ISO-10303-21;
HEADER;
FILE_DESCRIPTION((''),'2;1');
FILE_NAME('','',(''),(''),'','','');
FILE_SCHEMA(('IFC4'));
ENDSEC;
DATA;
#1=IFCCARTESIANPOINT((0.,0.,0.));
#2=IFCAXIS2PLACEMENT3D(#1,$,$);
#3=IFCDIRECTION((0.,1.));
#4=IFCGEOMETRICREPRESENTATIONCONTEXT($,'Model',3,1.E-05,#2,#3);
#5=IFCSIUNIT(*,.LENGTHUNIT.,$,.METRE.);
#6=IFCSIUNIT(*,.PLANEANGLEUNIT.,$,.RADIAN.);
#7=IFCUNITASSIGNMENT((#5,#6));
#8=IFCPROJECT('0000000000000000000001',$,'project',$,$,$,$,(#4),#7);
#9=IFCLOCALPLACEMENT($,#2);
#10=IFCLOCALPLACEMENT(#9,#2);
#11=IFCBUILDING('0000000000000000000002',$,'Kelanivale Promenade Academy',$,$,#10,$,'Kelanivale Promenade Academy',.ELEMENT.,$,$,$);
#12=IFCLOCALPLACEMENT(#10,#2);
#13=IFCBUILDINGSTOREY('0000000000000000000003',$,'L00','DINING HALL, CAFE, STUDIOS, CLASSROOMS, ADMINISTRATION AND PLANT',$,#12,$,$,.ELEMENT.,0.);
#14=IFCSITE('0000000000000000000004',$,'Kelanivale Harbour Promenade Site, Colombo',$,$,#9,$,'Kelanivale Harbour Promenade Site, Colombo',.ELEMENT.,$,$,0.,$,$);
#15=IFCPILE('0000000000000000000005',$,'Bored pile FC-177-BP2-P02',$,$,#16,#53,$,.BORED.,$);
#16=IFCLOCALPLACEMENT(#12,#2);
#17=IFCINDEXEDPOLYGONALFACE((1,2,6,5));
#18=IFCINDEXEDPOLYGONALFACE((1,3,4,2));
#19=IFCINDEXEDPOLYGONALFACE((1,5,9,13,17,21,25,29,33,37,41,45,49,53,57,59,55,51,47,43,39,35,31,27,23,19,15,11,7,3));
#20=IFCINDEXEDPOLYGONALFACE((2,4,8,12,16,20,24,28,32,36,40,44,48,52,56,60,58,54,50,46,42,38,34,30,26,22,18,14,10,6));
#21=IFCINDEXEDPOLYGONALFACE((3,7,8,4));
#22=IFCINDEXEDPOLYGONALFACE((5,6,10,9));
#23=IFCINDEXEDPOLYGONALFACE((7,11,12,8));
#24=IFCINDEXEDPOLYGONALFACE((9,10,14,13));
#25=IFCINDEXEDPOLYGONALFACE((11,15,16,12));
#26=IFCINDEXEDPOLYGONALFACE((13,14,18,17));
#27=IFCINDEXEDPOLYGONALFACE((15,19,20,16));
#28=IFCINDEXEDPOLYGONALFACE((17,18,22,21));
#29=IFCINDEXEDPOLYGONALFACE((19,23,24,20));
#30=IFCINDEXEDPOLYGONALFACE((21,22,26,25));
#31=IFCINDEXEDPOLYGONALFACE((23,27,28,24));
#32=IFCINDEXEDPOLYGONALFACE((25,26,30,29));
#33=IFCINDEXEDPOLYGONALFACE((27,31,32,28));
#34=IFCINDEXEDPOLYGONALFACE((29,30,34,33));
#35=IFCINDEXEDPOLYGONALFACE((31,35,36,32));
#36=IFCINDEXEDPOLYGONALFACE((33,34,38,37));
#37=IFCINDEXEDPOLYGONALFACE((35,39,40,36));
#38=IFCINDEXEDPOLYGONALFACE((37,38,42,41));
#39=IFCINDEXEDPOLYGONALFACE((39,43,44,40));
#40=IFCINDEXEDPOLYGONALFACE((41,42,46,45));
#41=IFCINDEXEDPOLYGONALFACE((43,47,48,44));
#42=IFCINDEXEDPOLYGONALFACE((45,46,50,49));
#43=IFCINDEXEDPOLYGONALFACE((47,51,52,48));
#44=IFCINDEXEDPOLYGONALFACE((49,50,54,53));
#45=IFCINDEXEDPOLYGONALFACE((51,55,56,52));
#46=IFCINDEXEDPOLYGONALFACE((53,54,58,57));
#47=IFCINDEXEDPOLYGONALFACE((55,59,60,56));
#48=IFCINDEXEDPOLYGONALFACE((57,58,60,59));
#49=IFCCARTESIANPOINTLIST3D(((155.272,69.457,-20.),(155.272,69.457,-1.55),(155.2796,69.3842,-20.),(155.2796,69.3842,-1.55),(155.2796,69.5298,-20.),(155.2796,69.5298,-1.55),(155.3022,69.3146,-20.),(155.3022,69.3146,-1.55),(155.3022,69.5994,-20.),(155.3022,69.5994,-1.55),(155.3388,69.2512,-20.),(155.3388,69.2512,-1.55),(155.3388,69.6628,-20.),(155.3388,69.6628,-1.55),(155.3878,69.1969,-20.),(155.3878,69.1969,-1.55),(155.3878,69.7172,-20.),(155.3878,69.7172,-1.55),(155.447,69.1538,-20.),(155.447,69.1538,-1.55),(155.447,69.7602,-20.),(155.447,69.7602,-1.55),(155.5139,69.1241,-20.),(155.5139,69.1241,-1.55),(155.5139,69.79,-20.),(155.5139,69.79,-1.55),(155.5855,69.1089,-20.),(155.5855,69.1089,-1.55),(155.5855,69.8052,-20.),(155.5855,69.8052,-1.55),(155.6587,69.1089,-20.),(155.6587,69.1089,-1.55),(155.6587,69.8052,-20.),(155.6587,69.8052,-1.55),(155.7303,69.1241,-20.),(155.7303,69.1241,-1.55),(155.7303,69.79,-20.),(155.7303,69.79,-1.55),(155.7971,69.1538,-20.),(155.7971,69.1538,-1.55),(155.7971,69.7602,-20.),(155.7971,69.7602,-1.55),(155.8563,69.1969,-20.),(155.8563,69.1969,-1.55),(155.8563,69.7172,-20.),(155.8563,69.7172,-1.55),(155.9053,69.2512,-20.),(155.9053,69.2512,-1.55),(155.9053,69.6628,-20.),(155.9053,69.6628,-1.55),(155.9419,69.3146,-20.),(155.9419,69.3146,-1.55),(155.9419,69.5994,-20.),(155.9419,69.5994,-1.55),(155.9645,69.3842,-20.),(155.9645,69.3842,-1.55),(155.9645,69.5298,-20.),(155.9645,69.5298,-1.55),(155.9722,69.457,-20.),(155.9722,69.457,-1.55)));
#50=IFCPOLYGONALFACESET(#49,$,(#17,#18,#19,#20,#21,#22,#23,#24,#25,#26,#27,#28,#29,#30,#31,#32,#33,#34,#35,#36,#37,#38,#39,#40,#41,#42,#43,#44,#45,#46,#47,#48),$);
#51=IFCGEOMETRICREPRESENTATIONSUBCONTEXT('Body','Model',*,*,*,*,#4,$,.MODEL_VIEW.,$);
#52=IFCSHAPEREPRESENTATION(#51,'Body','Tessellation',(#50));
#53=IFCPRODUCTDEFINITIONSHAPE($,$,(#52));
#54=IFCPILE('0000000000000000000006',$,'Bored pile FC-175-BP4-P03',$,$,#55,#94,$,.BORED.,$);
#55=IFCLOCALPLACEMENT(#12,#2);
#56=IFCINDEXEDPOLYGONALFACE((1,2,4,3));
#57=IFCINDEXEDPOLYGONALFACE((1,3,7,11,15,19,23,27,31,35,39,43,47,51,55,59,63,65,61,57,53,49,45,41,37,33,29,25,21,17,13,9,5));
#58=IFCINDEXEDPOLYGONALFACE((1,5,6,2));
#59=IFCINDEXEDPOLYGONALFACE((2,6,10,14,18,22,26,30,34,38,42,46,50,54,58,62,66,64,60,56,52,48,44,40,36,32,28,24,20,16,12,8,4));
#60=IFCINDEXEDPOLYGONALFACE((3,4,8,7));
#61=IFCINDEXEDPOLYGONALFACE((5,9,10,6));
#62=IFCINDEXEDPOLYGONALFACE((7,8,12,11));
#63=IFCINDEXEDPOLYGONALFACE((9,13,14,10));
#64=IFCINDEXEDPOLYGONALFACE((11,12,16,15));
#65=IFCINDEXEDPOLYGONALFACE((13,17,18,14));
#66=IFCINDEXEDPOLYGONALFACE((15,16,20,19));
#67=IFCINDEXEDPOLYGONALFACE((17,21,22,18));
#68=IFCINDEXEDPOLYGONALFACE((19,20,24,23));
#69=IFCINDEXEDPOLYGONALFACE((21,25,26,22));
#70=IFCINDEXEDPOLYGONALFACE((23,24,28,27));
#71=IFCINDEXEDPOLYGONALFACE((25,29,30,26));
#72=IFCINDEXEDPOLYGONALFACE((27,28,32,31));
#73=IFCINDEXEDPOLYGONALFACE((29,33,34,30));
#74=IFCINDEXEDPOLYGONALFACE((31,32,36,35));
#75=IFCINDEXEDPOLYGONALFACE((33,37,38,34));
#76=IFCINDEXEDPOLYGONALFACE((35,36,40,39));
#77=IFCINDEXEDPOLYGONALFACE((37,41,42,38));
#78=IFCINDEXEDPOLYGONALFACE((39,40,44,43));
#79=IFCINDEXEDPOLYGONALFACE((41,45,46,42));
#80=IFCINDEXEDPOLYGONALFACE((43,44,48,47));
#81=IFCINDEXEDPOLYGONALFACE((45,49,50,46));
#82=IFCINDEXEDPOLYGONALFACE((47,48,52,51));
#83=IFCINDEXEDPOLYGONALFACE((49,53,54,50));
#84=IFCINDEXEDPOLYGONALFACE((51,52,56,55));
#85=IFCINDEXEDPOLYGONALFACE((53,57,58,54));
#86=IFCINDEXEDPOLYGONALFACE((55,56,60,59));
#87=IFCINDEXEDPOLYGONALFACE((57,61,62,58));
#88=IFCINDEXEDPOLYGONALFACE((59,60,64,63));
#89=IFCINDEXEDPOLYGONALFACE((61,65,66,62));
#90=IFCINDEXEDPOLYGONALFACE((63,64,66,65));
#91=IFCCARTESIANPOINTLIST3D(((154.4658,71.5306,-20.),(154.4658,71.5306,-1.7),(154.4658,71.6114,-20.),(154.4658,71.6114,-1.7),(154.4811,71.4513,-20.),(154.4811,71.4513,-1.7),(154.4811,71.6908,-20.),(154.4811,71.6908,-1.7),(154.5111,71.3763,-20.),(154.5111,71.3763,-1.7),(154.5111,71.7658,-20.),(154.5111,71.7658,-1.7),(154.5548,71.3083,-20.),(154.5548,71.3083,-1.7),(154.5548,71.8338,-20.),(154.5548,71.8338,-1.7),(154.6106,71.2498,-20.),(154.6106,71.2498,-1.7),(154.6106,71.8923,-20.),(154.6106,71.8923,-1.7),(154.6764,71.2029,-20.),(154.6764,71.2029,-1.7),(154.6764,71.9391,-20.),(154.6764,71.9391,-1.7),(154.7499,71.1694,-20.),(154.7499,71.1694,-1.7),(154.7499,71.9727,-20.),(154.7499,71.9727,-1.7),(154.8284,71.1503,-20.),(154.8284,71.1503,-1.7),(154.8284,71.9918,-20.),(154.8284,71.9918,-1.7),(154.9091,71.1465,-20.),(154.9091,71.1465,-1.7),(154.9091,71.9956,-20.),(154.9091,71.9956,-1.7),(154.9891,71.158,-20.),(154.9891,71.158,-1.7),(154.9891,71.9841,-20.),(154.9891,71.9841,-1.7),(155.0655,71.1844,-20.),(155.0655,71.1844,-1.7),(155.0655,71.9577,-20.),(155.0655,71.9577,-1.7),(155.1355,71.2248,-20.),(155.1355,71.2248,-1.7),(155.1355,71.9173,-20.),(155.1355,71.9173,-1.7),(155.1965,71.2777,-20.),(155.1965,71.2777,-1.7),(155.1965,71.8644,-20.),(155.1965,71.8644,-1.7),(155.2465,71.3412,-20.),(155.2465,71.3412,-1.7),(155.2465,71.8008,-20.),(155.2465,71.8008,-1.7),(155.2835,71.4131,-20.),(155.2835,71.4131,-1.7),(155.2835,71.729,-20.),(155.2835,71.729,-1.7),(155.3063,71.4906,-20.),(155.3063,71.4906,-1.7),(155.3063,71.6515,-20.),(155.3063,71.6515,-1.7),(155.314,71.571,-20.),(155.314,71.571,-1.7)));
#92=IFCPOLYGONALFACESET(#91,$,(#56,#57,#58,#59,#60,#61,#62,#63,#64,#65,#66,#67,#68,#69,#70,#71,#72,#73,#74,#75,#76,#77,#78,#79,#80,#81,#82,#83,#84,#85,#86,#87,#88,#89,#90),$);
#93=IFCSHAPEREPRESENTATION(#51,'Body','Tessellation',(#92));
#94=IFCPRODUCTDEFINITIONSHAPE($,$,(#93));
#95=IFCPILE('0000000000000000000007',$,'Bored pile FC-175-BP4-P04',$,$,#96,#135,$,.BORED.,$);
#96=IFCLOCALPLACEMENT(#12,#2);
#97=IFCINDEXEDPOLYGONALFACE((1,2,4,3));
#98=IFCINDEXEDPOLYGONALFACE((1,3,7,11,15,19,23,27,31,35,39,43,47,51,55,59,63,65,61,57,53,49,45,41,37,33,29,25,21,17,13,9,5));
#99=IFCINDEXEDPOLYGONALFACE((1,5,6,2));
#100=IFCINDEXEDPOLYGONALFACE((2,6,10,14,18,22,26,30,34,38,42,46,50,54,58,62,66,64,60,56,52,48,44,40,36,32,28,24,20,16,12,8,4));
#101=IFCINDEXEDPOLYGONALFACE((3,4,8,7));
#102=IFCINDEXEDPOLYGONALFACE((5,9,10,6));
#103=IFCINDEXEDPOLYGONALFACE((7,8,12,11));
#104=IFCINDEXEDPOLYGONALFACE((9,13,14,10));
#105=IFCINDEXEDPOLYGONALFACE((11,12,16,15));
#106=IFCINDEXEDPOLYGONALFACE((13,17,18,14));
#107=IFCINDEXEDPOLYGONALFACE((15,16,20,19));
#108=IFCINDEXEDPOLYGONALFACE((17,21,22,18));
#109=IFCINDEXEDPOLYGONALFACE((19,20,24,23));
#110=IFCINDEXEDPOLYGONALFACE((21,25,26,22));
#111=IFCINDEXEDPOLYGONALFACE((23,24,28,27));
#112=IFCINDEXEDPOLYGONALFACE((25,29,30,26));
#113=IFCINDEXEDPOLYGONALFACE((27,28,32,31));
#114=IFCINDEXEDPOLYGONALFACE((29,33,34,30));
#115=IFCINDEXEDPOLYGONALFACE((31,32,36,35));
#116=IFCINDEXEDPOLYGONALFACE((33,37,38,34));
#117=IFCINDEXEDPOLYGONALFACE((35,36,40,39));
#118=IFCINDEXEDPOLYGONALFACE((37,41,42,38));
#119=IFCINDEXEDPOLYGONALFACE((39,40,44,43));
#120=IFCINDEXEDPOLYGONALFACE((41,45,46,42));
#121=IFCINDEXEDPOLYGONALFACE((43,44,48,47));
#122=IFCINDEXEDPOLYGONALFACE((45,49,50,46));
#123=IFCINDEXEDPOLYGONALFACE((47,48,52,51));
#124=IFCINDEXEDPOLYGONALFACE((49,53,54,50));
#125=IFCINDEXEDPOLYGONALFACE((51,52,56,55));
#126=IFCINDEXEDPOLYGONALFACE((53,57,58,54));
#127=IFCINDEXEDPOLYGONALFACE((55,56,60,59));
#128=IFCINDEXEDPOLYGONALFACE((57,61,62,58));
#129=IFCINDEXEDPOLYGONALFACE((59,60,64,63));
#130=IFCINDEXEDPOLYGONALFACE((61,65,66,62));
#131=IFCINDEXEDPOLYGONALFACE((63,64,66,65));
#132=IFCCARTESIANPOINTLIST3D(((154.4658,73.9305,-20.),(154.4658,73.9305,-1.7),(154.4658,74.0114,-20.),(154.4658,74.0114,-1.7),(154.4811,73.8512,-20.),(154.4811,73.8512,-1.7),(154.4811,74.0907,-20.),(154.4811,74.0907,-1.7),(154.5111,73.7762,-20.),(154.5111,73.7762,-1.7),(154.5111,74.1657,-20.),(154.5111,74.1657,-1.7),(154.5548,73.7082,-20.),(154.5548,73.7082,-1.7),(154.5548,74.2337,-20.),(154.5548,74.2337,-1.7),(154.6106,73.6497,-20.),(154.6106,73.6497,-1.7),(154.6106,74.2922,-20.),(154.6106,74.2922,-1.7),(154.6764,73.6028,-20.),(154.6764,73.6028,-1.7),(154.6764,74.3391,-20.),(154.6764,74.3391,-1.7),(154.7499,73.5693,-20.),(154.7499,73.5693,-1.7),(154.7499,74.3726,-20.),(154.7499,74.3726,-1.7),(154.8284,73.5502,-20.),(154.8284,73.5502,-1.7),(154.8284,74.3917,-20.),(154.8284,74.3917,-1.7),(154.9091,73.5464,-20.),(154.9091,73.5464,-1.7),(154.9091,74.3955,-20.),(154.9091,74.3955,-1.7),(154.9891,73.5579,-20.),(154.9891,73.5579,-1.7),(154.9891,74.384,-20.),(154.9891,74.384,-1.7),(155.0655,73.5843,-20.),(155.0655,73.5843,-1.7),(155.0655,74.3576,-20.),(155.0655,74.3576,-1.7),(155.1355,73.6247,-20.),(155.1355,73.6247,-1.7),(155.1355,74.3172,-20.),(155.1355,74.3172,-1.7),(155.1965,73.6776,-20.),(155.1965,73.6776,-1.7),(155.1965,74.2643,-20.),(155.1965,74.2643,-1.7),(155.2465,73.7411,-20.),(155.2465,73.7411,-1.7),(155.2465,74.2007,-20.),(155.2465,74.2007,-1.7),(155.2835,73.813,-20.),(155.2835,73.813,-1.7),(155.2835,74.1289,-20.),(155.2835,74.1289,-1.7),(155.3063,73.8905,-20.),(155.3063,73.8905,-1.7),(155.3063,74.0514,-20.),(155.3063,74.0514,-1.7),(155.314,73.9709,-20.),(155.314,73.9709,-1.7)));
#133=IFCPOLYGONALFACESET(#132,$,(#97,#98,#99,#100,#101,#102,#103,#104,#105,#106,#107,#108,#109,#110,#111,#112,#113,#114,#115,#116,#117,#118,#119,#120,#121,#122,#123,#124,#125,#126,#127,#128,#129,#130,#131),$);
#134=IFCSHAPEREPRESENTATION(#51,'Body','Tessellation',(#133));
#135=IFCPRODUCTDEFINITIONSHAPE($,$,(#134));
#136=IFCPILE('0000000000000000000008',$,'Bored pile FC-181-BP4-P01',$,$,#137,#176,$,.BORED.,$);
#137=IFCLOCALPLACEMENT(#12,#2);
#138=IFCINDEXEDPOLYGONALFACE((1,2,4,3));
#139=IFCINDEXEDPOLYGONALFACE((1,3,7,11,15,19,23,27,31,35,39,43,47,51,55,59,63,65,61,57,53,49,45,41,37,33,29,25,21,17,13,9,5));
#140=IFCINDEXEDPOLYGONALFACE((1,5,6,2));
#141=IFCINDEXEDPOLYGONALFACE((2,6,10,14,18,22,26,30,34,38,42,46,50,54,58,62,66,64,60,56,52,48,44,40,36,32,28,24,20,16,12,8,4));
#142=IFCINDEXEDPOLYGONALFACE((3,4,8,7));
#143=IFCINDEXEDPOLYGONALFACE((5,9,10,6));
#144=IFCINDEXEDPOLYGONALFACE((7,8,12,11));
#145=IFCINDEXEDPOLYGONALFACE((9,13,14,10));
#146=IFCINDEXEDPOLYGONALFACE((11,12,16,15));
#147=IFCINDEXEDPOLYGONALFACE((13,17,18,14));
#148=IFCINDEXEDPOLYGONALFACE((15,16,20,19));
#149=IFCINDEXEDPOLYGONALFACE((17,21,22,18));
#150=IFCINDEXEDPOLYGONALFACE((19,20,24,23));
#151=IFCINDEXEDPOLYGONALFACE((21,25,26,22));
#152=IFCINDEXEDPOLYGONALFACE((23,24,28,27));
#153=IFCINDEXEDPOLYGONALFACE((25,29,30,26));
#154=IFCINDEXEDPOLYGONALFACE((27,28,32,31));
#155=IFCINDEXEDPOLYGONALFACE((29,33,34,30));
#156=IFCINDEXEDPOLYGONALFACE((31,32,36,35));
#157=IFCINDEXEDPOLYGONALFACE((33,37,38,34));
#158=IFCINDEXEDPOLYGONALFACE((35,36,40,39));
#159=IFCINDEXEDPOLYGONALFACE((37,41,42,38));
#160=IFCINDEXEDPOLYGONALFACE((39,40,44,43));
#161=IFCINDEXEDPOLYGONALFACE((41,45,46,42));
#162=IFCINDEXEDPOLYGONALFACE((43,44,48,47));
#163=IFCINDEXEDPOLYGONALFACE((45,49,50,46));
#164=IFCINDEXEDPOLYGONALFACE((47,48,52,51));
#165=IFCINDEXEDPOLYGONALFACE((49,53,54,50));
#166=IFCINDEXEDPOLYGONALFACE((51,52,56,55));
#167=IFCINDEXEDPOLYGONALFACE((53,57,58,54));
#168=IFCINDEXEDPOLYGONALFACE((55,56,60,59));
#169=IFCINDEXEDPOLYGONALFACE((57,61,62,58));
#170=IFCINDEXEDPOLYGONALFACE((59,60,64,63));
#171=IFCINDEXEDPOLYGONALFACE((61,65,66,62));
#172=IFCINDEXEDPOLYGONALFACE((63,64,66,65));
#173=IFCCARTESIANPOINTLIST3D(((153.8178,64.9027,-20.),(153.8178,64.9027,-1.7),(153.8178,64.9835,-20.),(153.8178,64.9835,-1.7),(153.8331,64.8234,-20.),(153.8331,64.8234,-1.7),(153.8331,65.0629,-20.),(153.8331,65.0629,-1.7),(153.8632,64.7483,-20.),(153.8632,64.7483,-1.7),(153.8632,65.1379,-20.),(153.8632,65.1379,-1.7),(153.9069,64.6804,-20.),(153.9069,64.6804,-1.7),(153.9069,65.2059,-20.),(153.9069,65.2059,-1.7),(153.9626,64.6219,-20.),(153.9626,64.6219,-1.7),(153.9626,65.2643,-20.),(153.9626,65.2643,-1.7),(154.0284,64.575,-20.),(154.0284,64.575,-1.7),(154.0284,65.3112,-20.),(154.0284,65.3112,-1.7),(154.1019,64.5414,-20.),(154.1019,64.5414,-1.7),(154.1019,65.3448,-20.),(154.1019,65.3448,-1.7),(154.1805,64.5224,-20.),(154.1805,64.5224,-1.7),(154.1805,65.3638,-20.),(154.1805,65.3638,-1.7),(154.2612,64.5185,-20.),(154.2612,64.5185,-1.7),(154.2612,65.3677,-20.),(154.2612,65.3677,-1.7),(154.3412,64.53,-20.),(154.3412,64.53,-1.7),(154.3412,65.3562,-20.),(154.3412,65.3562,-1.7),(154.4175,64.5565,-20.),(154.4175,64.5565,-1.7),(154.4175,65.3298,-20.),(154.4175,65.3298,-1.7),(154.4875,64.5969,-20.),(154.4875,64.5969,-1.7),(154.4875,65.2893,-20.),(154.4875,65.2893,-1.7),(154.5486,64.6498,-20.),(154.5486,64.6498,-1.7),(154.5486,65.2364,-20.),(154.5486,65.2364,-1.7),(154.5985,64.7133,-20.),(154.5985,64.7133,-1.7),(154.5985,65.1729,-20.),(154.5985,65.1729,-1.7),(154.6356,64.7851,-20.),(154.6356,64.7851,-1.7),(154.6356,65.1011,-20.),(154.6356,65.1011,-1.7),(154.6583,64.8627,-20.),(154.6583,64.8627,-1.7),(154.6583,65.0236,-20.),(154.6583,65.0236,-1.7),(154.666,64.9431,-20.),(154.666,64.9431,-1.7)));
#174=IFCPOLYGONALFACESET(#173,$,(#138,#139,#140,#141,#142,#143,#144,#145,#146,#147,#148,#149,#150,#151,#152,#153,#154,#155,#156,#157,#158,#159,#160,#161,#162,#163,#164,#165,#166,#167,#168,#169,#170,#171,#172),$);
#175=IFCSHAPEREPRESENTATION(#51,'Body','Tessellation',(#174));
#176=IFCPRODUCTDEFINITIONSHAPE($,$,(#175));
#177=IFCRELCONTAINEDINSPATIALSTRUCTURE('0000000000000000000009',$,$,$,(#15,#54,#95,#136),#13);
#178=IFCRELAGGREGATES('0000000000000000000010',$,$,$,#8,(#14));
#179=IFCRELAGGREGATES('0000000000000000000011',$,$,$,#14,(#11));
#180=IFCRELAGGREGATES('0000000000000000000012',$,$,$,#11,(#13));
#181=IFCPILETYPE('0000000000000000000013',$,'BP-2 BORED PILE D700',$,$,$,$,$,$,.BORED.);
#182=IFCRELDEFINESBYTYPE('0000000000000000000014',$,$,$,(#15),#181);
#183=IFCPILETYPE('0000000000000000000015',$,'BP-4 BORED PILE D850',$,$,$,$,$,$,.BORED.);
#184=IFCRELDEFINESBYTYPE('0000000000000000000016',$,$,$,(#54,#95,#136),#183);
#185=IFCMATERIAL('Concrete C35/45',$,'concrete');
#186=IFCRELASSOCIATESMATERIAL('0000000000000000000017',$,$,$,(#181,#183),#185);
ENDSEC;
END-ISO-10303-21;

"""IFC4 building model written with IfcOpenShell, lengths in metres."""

from ifc_helpers import new_model, si_unit, direction, frame, origin, origin_2d, place, context, subcontext, project, spatial, circle, extrude, material, material_profile, profile_set, type_object, element, save


model = new_model("IFC4")

# Units and contexts
model_context = context("Model", 3, precision=1e-05, world=origin(), true_north=direction((0.0, 1.0)))
body_context = subcontext(model_context, "Body", "Model", "MODEL_VIEW")
ifc_project = project(units=[si_unit("LENGTHUNIT", "METRE"), si_unit("PLANEANGLEUNIT", "RADIAN")], contexts=[model_context])

# Site, building, storey
site_placement = place(None, origin())
site = spatial("IfcSite", under=ifc_project, at=site_placement, Name="Kelanivale Harbour Promenade Site, Colombo", LongName="Kelanivale Harbour Promenade Site, Colombo", CompositionType="ELEMENT", RefElevation=0.0)
building_placement = place(site_placement, origin())
building = spatial("IfcBuilding", under=site, at=building_placement, Name="Kelanivale Promenade Academy", LongName="Kelanivale Promenade Academy", CompositionType="ELEMENT")
storey_placement = place(building_placement, origin())
storey = spatial("IfcBuildingStorey", under=building, at=storey_placement, Name="L00", Description="DINING HALL, CAFE, STUDIOS, CLASSROOMS, ADMINISTRATION AND PLANT", CompositionType="ELEMENT", Elevation=0.0)

# Piles
ifc_material_1 = material(Name="Concrete C35/45", Category="concrete")
ifc_material_profile_1 = material_profile(ifc_material_1, circle(Radius=0.3501, at=origin_2d()), Name="BORED PILE D700")
ifc_profile_set_1 = profile_set([ifc_material_profile_1], Name="Concrete C35/45")
pile_type_1 = type_object("IfcPileType", Name="BP-2 BORED PILE D700", PredefinedType="BORED", material=ifc_profile_set_1)
pile_placement = place(storey_placement, frame((155.6221, 69.457, -1.55), z_axis=(0.0, 0.0, -1.0), x_axis=(1.0, 0.0, 0.0)))
element("IfcPile", 1, at=pile_placement, inside=storey, type_object=pile_type_1, Name="Bored pile FC-177-BP2-P02", PredefinedType="BORED", context=body_context, shape_type="SweptSolid", body=[
    extrude(circle(Radius=0.3501, at=origin_2d()), origin(), (0.0, 0.0, 1.0), 18.45),
])
ifc_material_profile_2 = material_profile(ifc_material_1, circle(Radius=0.425, at=origin_2d()), Name="BORED PILE D850")
ifc_profile_set_2 = profile_set([ifc_material_profile_2], Name="Concrete C35/45")
pile_type_2 = type_object("IfcPileType", Name="BP-4 BORED PILE D850", PredefinedType="BORED", material=ifc_profile_set_2)
for number, where, z_axis, x_axis, name in (
    (2, (154.8889, 71.571, -1.7), (0.0, 0.0, -1.0), (1.0, 0.0, 0.0), "Bored pile FC-175-BP4-P03"),
    (3, (154.8889, 73.9709, -1.7), (0.0, 0.0, -1.0), (1.0, 0.0, 0.0), "Bored pile FC-175-BP4-P04"),
    (4, (154.241, 64.9431, -1.7), (0.0, 0.0, -1.0), (1.0, 0.0, 0.0), "Bored pile FC-181-BP4-P01"),
):
    element("IfcPile", number, at=place(storey_placement, frame(where, z_axis=z_axis, x_axis=x_axis)), inside=storey, type_object=pile_type_2, Name=name, PredefinedType="BORED", context=body_context, shape_type="SweptSolid", body=[
        extrude(circle(Radius=0.425, at=origin_2d()), origin(), (0.0, 0.0, 1.0), 18.3),
    ])

save(model, "model.ifc")
